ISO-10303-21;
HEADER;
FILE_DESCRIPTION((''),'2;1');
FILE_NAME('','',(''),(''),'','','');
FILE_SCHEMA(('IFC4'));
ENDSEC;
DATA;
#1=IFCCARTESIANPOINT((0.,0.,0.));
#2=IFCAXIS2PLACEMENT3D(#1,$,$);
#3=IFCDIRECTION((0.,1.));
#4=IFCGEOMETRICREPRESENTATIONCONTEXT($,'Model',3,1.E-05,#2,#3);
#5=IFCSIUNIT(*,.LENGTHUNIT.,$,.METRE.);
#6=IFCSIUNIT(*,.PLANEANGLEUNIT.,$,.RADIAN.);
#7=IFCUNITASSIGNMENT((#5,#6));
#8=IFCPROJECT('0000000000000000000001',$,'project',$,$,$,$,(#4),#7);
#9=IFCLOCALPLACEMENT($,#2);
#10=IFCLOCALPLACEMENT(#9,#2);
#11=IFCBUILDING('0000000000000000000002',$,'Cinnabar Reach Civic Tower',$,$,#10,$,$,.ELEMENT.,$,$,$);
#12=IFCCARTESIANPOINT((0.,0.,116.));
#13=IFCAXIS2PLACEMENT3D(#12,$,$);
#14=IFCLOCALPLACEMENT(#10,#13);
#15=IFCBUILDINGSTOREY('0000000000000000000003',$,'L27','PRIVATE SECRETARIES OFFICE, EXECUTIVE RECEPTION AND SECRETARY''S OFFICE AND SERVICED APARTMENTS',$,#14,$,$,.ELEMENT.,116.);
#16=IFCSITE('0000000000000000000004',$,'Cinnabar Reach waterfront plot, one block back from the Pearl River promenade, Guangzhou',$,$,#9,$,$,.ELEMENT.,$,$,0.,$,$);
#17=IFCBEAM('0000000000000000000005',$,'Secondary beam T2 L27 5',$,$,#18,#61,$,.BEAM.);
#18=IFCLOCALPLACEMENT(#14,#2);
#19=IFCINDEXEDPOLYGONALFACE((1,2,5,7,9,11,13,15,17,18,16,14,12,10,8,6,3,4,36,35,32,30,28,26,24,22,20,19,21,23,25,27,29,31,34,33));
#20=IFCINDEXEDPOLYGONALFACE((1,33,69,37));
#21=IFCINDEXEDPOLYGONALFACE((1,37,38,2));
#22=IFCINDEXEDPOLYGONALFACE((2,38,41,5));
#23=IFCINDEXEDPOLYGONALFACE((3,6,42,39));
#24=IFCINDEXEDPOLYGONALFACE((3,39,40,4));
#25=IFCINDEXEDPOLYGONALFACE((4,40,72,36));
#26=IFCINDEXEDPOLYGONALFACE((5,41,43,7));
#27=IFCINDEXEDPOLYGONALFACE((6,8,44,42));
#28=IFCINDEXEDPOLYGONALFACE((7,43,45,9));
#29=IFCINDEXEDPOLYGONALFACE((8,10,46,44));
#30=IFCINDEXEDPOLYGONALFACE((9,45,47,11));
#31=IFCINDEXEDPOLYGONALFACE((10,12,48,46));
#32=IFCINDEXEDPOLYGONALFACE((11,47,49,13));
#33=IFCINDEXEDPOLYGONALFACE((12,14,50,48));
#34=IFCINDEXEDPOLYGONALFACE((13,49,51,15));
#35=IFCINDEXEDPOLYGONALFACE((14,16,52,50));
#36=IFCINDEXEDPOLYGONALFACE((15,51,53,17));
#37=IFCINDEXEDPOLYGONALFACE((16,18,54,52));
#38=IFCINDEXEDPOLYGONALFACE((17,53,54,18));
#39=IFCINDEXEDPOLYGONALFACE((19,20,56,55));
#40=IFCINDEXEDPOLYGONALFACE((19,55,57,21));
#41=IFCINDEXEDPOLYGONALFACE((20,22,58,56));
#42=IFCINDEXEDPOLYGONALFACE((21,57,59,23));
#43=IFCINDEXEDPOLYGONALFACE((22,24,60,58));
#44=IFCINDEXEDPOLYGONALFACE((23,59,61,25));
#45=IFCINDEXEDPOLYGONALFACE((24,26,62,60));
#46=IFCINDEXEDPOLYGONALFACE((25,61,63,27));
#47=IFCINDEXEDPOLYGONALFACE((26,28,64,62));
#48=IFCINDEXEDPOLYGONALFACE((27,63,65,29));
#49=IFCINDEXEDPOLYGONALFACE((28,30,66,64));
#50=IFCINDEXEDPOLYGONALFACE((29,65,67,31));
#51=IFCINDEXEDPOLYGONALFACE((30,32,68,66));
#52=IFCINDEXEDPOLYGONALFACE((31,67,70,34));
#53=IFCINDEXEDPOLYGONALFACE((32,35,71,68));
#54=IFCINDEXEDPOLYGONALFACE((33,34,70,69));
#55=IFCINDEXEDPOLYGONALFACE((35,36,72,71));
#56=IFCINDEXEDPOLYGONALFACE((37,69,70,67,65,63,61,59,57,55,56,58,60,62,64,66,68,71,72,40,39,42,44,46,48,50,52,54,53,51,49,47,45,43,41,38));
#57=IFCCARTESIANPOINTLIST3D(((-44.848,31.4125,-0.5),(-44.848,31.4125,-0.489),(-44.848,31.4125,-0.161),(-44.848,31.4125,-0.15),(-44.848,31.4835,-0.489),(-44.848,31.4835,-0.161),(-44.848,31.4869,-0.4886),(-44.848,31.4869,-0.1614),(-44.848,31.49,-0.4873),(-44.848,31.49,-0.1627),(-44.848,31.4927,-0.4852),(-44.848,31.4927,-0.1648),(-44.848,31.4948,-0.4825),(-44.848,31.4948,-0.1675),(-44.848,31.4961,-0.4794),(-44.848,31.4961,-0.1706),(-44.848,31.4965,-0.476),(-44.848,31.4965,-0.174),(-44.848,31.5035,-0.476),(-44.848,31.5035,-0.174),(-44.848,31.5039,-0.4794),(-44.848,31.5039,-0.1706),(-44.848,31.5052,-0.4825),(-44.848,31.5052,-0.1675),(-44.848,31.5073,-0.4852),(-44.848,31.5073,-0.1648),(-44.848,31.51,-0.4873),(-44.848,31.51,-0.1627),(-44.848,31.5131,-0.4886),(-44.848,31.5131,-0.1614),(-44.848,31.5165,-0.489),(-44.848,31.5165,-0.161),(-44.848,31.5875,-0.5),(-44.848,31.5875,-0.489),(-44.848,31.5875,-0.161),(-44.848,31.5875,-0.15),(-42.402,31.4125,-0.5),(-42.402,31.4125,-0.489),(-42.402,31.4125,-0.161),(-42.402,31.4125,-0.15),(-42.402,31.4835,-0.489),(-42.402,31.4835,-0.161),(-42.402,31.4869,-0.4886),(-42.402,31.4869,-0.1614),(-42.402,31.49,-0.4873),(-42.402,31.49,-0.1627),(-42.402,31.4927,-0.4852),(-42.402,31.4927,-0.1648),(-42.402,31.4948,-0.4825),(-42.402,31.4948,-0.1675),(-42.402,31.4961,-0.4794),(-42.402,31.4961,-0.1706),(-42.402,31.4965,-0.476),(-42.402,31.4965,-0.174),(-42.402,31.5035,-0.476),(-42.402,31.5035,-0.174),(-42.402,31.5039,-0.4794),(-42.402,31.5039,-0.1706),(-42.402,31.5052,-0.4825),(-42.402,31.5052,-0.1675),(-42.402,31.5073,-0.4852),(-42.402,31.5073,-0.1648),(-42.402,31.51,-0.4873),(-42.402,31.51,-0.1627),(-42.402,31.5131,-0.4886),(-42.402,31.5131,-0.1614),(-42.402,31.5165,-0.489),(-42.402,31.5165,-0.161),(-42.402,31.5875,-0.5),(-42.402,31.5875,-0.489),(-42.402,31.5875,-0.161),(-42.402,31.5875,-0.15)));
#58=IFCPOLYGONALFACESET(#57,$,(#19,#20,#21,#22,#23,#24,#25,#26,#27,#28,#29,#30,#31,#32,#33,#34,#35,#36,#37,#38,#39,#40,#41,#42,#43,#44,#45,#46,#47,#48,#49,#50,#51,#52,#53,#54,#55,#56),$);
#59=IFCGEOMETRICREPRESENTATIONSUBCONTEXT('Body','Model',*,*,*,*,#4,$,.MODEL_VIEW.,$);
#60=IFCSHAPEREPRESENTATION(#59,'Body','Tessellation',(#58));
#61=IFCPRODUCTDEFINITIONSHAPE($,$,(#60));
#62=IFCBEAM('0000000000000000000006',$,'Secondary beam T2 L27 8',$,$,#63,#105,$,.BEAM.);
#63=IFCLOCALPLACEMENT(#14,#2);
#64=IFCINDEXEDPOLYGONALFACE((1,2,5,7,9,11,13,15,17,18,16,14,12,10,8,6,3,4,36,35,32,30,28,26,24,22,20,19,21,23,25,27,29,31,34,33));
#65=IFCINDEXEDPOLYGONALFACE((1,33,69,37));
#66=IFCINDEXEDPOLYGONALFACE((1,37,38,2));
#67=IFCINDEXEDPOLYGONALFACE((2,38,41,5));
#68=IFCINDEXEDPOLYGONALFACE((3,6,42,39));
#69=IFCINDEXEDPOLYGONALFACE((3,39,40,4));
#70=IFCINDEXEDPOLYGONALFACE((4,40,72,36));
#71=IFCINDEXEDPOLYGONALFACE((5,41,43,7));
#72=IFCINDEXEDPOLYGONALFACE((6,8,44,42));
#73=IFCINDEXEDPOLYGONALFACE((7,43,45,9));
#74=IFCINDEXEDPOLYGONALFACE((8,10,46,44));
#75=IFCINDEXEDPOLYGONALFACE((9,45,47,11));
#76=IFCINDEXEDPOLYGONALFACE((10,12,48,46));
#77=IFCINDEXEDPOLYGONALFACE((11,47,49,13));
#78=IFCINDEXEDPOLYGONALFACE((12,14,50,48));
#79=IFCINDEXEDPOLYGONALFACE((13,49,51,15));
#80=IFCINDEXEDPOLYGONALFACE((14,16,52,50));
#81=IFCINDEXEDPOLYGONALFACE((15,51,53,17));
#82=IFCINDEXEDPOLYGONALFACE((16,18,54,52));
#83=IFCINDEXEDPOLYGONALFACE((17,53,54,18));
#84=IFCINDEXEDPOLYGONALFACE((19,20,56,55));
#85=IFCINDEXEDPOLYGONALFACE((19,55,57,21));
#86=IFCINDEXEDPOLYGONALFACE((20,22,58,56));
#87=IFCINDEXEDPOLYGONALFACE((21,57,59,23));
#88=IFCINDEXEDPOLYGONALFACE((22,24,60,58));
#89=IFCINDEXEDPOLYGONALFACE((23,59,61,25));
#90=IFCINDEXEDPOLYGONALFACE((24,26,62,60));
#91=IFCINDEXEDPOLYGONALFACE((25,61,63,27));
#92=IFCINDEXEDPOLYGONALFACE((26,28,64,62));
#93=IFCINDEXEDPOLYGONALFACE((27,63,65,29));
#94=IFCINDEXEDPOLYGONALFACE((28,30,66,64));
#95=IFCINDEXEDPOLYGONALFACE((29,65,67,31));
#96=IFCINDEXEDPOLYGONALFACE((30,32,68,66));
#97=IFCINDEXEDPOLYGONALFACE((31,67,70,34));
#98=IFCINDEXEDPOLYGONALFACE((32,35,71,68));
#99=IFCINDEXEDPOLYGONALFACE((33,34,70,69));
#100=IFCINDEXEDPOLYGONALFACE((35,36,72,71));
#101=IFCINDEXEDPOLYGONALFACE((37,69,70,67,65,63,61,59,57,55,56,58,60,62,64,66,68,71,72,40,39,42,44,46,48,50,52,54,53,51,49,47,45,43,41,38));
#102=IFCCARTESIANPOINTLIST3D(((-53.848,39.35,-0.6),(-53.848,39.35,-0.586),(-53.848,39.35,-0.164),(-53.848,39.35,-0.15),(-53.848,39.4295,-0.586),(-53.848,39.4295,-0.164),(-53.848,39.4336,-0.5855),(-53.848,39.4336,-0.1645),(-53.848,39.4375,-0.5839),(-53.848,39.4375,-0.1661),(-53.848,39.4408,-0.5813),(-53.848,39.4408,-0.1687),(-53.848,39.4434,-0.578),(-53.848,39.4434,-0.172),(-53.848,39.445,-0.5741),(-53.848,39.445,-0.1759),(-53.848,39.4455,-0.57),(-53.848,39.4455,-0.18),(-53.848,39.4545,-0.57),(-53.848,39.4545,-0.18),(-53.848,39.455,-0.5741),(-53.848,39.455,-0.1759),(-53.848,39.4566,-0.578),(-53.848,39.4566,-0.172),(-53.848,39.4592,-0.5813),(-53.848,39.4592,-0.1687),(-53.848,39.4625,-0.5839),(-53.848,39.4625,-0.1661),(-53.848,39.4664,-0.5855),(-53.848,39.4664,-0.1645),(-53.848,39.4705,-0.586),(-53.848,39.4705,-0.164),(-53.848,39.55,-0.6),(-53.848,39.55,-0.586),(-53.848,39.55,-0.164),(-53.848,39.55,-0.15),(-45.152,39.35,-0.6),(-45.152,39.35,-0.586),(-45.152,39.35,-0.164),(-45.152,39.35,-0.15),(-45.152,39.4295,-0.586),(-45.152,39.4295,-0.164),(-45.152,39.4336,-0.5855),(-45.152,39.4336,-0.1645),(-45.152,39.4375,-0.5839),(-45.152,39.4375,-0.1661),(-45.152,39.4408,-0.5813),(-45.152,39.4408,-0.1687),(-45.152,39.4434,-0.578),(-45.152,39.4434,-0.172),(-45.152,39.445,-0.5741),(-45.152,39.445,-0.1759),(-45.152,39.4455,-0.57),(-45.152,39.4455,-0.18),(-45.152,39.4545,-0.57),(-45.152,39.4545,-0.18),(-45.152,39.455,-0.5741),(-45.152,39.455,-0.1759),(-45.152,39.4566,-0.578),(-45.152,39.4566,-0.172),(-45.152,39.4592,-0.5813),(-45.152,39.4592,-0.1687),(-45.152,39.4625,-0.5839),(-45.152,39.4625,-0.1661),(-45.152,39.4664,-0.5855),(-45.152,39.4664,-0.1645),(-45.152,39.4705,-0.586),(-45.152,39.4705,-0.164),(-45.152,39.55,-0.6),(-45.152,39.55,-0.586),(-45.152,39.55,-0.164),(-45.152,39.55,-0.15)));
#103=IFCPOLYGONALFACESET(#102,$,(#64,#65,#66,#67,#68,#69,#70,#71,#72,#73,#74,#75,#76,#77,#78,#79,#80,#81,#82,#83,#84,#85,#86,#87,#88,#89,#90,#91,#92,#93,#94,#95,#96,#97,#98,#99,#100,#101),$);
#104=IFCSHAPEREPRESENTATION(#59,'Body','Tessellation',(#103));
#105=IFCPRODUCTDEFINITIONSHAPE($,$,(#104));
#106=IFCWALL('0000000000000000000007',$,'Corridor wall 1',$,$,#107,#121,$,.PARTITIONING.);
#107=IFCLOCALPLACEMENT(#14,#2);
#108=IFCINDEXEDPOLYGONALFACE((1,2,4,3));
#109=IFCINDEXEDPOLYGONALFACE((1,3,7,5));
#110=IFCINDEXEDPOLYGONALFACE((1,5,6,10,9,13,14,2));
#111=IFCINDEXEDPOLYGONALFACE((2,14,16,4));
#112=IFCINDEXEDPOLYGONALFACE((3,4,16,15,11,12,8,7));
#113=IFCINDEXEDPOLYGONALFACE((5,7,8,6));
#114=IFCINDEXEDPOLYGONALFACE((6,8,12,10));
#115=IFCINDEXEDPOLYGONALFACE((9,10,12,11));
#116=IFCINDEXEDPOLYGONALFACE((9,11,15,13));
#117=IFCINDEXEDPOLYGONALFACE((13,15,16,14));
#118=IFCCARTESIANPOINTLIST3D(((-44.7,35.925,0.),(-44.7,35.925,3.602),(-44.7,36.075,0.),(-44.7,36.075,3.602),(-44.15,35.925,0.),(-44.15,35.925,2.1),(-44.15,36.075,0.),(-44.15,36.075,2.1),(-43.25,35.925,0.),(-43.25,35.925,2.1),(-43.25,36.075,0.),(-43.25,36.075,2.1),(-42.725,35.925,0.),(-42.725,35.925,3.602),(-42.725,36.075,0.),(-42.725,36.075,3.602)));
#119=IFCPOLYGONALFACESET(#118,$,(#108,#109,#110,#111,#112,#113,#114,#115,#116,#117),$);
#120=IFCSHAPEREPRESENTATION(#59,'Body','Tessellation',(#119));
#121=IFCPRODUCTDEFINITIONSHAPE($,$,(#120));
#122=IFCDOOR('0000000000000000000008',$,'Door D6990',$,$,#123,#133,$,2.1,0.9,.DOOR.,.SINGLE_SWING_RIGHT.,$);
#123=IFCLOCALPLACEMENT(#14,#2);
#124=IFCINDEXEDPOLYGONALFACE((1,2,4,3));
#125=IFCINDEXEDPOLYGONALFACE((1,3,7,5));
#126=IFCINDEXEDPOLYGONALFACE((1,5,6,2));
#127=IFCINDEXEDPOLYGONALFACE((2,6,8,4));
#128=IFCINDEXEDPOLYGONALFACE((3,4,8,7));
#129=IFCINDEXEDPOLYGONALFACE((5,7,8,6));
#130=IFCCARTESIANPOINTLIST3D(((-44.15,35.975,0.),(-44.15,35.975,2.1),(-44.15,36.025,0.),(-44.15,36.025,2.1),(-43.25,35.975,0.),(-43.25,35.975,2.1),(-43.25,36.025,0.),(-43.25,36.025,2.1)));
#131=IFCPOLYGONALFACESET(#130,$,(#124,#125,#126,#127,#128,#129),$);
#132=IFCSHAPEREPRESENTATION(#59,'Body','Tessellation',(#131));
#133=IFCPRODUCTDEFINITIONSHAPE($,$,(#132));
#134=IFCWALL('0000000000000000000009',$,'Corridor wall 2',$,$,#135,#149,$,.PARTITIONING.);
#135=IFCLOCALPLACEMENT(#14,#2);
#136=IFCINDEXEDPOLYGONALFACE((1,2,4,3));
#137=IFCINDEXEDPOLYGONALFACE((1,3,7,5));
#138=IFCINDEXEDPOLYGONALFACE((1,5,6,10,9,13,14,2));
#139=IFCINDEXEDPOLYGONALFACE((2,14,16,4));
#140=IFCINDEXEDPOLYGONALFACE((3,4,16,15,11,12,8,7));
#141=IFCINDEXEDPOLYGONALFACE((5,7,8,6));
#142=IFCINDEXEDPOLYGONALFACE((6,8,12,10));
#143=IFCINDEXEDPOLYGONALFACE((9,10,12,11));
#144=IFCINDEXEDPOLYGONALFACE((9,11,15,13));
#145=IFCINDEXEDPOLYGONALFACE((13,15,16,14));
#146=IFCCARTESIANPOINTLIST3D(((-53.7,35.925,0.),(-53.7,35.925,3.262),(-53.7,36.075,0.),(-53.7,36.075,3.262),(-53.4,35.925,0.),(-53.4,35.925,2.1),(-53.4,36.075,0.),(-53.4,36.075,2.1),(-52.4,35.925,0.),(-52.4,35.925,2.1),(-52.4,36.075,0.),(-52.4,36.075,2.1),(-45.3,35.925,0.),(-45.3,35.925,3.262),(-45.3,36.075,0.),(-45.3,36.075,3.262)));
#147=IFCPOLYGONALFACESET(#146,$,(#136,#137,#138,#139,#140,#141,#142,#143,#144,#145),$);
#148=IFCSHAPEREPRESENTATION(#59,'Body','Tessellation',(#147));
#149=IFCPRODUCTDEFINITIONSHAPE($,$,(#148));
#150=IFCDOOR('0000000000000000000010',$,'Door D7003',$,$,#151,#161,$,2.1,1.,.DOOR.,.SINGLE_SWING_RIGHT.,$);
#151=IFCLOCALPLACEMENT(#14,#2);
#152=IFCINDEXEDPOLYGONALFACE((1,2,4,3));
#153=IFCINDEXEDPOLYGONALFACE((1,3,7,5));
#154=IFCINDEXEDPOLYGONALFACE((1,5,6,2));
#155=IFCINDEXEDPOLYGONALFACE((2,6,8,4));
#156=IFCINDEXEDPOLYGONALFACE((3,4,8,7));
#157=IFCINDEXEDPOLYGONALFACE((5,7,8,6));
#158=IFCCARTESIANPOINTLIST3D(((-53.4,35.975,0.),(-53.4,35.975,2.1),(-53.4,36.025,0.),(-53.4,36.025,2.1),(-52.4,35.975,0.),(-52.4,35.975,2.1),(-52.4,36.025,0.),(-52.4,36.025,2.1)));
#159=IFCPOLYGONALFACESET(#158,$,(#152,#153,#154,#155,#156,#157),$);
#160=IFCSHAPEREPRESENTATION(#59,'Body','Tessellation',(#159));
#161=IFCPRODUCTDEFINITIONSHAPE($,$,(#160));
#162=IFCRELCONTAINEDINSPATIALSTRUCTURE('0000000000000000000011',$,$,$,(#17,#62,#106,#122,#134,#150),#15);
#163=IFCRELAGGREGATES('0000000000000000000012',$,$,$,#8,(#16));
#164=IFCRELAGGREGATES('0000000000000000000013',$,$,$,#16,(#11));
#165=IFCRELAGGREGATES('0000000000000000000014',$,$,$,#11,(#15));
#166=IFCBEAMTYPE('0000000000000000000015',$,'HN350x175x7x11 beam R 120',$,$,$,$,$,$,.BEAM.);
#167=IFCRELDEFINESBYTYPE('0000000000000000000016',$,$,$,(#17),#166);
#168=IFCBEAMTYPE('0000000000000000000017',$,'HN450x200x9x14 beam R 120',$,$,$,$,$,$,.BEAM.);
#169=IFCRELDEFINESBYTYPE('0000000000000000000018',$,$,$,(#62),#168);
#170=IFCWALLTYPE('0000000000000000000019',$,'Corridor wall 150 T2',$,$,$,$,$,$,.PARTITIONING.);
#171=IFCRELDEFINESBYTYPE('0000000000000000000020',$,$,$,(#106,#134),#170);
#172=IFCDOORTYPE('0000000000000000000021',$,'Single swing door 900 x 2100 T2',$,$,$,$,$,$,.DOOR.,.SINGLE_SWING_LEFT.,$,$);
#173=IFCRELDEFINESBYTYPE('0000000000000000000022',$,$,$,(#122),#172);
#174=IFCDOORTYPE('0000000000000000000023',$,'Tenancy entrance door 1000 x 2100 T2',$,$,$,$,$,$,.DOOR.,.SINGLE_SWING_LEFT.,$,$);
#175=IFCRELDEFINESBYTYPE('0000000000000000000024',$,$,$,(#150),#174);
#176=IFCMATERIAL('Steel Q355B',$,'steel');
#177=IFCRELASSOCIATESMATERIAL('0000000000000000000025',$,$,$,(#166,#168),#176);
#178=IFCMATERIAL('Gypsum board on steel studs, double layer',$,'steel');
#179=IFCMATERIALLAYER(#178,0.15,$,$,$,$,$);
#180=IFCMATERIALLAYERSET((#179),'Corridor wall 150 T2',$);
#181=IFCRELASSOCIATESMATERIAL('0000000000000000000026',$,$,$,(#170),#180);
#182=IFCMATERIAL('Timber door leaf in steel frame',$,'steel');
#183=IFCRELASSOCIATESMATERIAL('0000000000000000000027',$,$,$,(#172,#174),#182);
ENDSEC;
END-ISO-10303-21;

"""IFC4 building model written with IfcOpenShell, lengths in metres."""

from ifc_helpers import new_model, si_unit, direction, frame, frame_2d, origin, origin_2d, place, context, subcontext, project, spatial, rectangle, i_section, extrude, material, layer, layer_set, material_profile, profile_set, type_object, element, fill, save


model = new_model("IFC4")

# Units and contexts
model_context = context("Model", 3, precision=1e-05, world=origin(), true_north=direction((0.0, 1.0)))
body_context = subcontext(model_context, "Body", "Model", "MODEL_VIEW")
ifc_project = project(units=[si_unit("LENGTHUNIT", "METRE"), si_unit("PLANEANGLEUNIT", "RADIAN")], contexts=[model_context])

# Site, building, storey
site_placement = place(None, origin())
site = spatial("IfcSite", under=ifc_project, at=site_placement, Name="Cinnabar Reach waterfront plot, one block back from the Pearl River promenade, Guangzhou", CompositionType="ELEMENT", RefElevation=0.0)
building_placement = place(site_placement, origin())
building = spatial("IfcBuilding", under=site, at=building_placement, Name="Cinnabar Reach Civic Tower", CompositionType="ELEMENT")
storey_placement = place(building_placement, frame((0.0, 0.0, 116.0)))
storey = spatial("IfcBuildingStorey", under=building, at=storey_placement, Name="L27", Description="PRIVATE SECRETARIES OFFICE, EXECUTIVE RECEPTION AND SECRETARY'S OFFICE AND SERVICED APARTMENTS", CompositionType="ELEMENT", Elevation=116.0)

# Beams
ifc_material_1 = material(Name="Steel Q355B", Category="steel")
ifc_material_profile_1 = material_profile(ifc_material_1, i_section(OverallWidth=0.175, OverallDepth=0.35, WebThickness=0.007, FlangeThickness=0.011, FilletRadius=0.013, at=origin_2d()), Name="HN350x175x7x11")
ifc_profile_set_1 = profile_set([ifc_material_profile_1], Name="Steel Q355B")
beam_type_1 = type_object("IfcBeamType", Name="HN350x175x7x11 beam R 120", PredefinedType="BEAM", material=ifc_profile_set_1)
beam_1_placement = place(storey_placement, frame((-44.848, 31.5, -0.325), z_axis=(1.0, 0.0, 0.0), x_axis=(0.0, 1.0, 0.0)))
element("IfcBeam", 1, at=beam_1_placement, inside=storey, type_object=beam_type_1, Name="Secondary beam T2 L27 5", PredefinedType="BEAM", context=body_context, shape_type="SweptSolid", body=[
    extrude(i_section(OverallWidth=0.175, OverallDepth=0.35, WebThickness=0.007, FlangeThickness=0.011, FilletRadius=0.013, at=origin_2d()), origin(), (0.0, 0.0, 1.0), 2.446),
])
ifc_material_profile_2 = material_profile(ifc_material_1, i_section(OverallWidth=0.2, OverallDepth=0.45, WebThickness=0.009, FlangeThickness=0.014, FilletRadius=0.016, at=origin_2d()), Name="HN450x200x9x14")
ifc_profile_set_2 = profile_set([ifc_material_profile_2], Name="Steel Q355B")
beam_type_2 = type_object("IfcBeamType", Name="HN450x200x9x14 beam R 120", PredefinedType="BEAM", material=ifc_profile_set_2)
beam_2_placement = place(storey_placement, frame((-53.848, 39.45, -0.375), z_axis=(1.0, 0.0, 0.0), x_axis=(0.0, 1.0, 0.0)))
element("IfcBeam", 2, at=beam_2_placement, inside=storey, type_object=beam_type_2, Name="Secondary beam T2 L27 8", PredefinedType="BEAM", context=body_context, shape_type="SweptSolid", body=[
    extrude(i_section(OverallWidth=0.2, OverallDepth=0.45, WebThickness=0.009, FlangeThickness=0.014, FilletRadius=0.016, at=origin_2d()), origin(), (0.0, 0.0, 1.0), 8.696),
])

# Walls, openings, doors
ifc_material_2 = material(Name="Gypsum board on steel studs, double layer", Category="steel")
ifc_layer_1 = layer(ifc_material_2, 0.15)
ifc_layer_set_1 = layer_set([ifc_layer_1], Name="Corridor wall 150 T2")
wall_type_1 = type_object("IfcWallType", Name="Corridor wall 150 T2", PredefinedType="PARTITIONING", material=ifc_layer_set_1)
wall_1_placement = place(storey_placement, frame((-44.7, 36.0, 0.0), z_axis=(0.0, 0.0, 1.0), x_axis=(1.0, 0.0, 0.0)))
wall_1 = element("IfcWall", 3, at=wall_1_placement, inside=storey, type_object=wall_type_1, Name="Corridor wall 1", PredefinedType="PARTITIONING", context=body_context, shape_type="SweptSolid", body=[
    extrude(rectangle(XDim=1.975, YDim=0.15, at=frame_2d((0.9875, 0.0))), origin(), (0.0, 0.0, 1.0), 3.602),
])
opening_1_placement = place(wall_1_placement, frame((0.55, 0.0, 0.0)))
opening_1 = element("IfcOpeningElement", 4, at=opening_1_placement, cuts=wall_1, PredefinedType="OPENING", context=body_context, shape_type="SweptSolid", body=[
    extrude(rectangle(XDim=0.9, YDim=2.1, at=frame_2d((0.45, 1.05))), frame((0.0, 0.085, 0.0), z_axis=(0.0, -1.0, 0.0), x_axis=(1.0, 0.0, 0.0)), (0.0, 0.0, 1.0), 0.17),
])
ifc_material_3 = material(Name="Timber door leaf in steel frame", Category="steel")
door_type_1 = type_object("IfcDoorType", Name="Single swing door 900 x 2100 T2", OperationType="SINGLE_SWING_LEFT", PredefinedType="DOOR", material=ifc_material_3)
door_1_placement = place(opening_1_placement, origin())
door_1 = element("IfcDoor", 5, at=door_1_placement, inside=storey, type_object=door_type_1, Name="Door D6990", OperationType="SINGLE_SWING_RIGHT", OverallHeight=2.1, OverallWidth=0.9, PredefinedType="DOOR", context=body_context, shape_type="SweptSolid", body=[
    extrude(rectangle(XDim=0.9, YDim=2.1, at=frame_2d((0.45, 1.05))), frame((0.0, 0.025, 0.0), z_axis=(0.0, -1.0, 0.0), x_axis=(1.0, 0.0, 0.0)), (0.0, 0.0, 1.0), 0.05),
])
fill(opening_1, door_1)
wall_2_placement = place(storey_placement, frame((-53.7, 36.0, 0.0), z_axis=(0.0, 0.0, 1.0), x_axis=(1.0, 0.0, 0.0)))
wall_2 = element("IfcWall", 6, at=wall_2_placement, inside=storey, type_object=wall_type_1, Name="Corridor wall 2", PredefinedType="PARTITIONING", context=body_context, shape_type="SweptSolid", body=[
    extrude(rectangle(XDim=8.4, YDim=0.15, at=frame_2d((4.2, 0.0))), origin(), (0.0, 0.0, 1.0), 3.262),
])
opening_2_placement = place(wall_2_placement, frame((0.3, 0.0, 0.0)))
opening_2 = element("IfcOpeningElement", 7, at=opening_2_placement, cuts=wall_2, PredefinedType="OPENING", context=body_context, shape_type="SweptSolid", body=[
    extrude(rectangle(XDim=1.0, YDim=2.1, at=frame_2d((0.5, 1.05))), frame((0.0, 0.085, 0.0), z_axis=(0.0, -1.0, 0.0), x_axis=(1.0, 0.0, 0.0)), (0.0, 0.0, 1.0), 0.17),
])
door_type_2 = type_object("IfcDoorType", Name="Tenancy entrance door 1000 x 2100 T2", OperationType="SINGLE_SWING_LEFT", PredefinedType="DOOR", material=ifc_material_3)
door_2_placement = place(opening_2_placement, origin())
door_2 = element("IfcDoor", 8, at=door_2_placement, inside=storey, type_object=door_type_2, Name="Door D7003", OperationType="SINGLE_SWING_RIGHT", OverallHeight=2.1, OverallWidth=1.0, PredefinedType="DOOR", context=body_context, shape_type="SweptSolid", body=[
    extrude(rectangle(XDim=1.0, YDim=2.1, at=frame_2d((0.5, 1.05))), frame((0.0, 0.025, 0.0), z_axis=(0.0, -1.0, 0.0), x_axis=(1.0, 0.0, 0.0)), (0.0, 0.0, 1.0), 0.05),
])
fill(opening_2, door_2)

save(model, "model.ifc")
